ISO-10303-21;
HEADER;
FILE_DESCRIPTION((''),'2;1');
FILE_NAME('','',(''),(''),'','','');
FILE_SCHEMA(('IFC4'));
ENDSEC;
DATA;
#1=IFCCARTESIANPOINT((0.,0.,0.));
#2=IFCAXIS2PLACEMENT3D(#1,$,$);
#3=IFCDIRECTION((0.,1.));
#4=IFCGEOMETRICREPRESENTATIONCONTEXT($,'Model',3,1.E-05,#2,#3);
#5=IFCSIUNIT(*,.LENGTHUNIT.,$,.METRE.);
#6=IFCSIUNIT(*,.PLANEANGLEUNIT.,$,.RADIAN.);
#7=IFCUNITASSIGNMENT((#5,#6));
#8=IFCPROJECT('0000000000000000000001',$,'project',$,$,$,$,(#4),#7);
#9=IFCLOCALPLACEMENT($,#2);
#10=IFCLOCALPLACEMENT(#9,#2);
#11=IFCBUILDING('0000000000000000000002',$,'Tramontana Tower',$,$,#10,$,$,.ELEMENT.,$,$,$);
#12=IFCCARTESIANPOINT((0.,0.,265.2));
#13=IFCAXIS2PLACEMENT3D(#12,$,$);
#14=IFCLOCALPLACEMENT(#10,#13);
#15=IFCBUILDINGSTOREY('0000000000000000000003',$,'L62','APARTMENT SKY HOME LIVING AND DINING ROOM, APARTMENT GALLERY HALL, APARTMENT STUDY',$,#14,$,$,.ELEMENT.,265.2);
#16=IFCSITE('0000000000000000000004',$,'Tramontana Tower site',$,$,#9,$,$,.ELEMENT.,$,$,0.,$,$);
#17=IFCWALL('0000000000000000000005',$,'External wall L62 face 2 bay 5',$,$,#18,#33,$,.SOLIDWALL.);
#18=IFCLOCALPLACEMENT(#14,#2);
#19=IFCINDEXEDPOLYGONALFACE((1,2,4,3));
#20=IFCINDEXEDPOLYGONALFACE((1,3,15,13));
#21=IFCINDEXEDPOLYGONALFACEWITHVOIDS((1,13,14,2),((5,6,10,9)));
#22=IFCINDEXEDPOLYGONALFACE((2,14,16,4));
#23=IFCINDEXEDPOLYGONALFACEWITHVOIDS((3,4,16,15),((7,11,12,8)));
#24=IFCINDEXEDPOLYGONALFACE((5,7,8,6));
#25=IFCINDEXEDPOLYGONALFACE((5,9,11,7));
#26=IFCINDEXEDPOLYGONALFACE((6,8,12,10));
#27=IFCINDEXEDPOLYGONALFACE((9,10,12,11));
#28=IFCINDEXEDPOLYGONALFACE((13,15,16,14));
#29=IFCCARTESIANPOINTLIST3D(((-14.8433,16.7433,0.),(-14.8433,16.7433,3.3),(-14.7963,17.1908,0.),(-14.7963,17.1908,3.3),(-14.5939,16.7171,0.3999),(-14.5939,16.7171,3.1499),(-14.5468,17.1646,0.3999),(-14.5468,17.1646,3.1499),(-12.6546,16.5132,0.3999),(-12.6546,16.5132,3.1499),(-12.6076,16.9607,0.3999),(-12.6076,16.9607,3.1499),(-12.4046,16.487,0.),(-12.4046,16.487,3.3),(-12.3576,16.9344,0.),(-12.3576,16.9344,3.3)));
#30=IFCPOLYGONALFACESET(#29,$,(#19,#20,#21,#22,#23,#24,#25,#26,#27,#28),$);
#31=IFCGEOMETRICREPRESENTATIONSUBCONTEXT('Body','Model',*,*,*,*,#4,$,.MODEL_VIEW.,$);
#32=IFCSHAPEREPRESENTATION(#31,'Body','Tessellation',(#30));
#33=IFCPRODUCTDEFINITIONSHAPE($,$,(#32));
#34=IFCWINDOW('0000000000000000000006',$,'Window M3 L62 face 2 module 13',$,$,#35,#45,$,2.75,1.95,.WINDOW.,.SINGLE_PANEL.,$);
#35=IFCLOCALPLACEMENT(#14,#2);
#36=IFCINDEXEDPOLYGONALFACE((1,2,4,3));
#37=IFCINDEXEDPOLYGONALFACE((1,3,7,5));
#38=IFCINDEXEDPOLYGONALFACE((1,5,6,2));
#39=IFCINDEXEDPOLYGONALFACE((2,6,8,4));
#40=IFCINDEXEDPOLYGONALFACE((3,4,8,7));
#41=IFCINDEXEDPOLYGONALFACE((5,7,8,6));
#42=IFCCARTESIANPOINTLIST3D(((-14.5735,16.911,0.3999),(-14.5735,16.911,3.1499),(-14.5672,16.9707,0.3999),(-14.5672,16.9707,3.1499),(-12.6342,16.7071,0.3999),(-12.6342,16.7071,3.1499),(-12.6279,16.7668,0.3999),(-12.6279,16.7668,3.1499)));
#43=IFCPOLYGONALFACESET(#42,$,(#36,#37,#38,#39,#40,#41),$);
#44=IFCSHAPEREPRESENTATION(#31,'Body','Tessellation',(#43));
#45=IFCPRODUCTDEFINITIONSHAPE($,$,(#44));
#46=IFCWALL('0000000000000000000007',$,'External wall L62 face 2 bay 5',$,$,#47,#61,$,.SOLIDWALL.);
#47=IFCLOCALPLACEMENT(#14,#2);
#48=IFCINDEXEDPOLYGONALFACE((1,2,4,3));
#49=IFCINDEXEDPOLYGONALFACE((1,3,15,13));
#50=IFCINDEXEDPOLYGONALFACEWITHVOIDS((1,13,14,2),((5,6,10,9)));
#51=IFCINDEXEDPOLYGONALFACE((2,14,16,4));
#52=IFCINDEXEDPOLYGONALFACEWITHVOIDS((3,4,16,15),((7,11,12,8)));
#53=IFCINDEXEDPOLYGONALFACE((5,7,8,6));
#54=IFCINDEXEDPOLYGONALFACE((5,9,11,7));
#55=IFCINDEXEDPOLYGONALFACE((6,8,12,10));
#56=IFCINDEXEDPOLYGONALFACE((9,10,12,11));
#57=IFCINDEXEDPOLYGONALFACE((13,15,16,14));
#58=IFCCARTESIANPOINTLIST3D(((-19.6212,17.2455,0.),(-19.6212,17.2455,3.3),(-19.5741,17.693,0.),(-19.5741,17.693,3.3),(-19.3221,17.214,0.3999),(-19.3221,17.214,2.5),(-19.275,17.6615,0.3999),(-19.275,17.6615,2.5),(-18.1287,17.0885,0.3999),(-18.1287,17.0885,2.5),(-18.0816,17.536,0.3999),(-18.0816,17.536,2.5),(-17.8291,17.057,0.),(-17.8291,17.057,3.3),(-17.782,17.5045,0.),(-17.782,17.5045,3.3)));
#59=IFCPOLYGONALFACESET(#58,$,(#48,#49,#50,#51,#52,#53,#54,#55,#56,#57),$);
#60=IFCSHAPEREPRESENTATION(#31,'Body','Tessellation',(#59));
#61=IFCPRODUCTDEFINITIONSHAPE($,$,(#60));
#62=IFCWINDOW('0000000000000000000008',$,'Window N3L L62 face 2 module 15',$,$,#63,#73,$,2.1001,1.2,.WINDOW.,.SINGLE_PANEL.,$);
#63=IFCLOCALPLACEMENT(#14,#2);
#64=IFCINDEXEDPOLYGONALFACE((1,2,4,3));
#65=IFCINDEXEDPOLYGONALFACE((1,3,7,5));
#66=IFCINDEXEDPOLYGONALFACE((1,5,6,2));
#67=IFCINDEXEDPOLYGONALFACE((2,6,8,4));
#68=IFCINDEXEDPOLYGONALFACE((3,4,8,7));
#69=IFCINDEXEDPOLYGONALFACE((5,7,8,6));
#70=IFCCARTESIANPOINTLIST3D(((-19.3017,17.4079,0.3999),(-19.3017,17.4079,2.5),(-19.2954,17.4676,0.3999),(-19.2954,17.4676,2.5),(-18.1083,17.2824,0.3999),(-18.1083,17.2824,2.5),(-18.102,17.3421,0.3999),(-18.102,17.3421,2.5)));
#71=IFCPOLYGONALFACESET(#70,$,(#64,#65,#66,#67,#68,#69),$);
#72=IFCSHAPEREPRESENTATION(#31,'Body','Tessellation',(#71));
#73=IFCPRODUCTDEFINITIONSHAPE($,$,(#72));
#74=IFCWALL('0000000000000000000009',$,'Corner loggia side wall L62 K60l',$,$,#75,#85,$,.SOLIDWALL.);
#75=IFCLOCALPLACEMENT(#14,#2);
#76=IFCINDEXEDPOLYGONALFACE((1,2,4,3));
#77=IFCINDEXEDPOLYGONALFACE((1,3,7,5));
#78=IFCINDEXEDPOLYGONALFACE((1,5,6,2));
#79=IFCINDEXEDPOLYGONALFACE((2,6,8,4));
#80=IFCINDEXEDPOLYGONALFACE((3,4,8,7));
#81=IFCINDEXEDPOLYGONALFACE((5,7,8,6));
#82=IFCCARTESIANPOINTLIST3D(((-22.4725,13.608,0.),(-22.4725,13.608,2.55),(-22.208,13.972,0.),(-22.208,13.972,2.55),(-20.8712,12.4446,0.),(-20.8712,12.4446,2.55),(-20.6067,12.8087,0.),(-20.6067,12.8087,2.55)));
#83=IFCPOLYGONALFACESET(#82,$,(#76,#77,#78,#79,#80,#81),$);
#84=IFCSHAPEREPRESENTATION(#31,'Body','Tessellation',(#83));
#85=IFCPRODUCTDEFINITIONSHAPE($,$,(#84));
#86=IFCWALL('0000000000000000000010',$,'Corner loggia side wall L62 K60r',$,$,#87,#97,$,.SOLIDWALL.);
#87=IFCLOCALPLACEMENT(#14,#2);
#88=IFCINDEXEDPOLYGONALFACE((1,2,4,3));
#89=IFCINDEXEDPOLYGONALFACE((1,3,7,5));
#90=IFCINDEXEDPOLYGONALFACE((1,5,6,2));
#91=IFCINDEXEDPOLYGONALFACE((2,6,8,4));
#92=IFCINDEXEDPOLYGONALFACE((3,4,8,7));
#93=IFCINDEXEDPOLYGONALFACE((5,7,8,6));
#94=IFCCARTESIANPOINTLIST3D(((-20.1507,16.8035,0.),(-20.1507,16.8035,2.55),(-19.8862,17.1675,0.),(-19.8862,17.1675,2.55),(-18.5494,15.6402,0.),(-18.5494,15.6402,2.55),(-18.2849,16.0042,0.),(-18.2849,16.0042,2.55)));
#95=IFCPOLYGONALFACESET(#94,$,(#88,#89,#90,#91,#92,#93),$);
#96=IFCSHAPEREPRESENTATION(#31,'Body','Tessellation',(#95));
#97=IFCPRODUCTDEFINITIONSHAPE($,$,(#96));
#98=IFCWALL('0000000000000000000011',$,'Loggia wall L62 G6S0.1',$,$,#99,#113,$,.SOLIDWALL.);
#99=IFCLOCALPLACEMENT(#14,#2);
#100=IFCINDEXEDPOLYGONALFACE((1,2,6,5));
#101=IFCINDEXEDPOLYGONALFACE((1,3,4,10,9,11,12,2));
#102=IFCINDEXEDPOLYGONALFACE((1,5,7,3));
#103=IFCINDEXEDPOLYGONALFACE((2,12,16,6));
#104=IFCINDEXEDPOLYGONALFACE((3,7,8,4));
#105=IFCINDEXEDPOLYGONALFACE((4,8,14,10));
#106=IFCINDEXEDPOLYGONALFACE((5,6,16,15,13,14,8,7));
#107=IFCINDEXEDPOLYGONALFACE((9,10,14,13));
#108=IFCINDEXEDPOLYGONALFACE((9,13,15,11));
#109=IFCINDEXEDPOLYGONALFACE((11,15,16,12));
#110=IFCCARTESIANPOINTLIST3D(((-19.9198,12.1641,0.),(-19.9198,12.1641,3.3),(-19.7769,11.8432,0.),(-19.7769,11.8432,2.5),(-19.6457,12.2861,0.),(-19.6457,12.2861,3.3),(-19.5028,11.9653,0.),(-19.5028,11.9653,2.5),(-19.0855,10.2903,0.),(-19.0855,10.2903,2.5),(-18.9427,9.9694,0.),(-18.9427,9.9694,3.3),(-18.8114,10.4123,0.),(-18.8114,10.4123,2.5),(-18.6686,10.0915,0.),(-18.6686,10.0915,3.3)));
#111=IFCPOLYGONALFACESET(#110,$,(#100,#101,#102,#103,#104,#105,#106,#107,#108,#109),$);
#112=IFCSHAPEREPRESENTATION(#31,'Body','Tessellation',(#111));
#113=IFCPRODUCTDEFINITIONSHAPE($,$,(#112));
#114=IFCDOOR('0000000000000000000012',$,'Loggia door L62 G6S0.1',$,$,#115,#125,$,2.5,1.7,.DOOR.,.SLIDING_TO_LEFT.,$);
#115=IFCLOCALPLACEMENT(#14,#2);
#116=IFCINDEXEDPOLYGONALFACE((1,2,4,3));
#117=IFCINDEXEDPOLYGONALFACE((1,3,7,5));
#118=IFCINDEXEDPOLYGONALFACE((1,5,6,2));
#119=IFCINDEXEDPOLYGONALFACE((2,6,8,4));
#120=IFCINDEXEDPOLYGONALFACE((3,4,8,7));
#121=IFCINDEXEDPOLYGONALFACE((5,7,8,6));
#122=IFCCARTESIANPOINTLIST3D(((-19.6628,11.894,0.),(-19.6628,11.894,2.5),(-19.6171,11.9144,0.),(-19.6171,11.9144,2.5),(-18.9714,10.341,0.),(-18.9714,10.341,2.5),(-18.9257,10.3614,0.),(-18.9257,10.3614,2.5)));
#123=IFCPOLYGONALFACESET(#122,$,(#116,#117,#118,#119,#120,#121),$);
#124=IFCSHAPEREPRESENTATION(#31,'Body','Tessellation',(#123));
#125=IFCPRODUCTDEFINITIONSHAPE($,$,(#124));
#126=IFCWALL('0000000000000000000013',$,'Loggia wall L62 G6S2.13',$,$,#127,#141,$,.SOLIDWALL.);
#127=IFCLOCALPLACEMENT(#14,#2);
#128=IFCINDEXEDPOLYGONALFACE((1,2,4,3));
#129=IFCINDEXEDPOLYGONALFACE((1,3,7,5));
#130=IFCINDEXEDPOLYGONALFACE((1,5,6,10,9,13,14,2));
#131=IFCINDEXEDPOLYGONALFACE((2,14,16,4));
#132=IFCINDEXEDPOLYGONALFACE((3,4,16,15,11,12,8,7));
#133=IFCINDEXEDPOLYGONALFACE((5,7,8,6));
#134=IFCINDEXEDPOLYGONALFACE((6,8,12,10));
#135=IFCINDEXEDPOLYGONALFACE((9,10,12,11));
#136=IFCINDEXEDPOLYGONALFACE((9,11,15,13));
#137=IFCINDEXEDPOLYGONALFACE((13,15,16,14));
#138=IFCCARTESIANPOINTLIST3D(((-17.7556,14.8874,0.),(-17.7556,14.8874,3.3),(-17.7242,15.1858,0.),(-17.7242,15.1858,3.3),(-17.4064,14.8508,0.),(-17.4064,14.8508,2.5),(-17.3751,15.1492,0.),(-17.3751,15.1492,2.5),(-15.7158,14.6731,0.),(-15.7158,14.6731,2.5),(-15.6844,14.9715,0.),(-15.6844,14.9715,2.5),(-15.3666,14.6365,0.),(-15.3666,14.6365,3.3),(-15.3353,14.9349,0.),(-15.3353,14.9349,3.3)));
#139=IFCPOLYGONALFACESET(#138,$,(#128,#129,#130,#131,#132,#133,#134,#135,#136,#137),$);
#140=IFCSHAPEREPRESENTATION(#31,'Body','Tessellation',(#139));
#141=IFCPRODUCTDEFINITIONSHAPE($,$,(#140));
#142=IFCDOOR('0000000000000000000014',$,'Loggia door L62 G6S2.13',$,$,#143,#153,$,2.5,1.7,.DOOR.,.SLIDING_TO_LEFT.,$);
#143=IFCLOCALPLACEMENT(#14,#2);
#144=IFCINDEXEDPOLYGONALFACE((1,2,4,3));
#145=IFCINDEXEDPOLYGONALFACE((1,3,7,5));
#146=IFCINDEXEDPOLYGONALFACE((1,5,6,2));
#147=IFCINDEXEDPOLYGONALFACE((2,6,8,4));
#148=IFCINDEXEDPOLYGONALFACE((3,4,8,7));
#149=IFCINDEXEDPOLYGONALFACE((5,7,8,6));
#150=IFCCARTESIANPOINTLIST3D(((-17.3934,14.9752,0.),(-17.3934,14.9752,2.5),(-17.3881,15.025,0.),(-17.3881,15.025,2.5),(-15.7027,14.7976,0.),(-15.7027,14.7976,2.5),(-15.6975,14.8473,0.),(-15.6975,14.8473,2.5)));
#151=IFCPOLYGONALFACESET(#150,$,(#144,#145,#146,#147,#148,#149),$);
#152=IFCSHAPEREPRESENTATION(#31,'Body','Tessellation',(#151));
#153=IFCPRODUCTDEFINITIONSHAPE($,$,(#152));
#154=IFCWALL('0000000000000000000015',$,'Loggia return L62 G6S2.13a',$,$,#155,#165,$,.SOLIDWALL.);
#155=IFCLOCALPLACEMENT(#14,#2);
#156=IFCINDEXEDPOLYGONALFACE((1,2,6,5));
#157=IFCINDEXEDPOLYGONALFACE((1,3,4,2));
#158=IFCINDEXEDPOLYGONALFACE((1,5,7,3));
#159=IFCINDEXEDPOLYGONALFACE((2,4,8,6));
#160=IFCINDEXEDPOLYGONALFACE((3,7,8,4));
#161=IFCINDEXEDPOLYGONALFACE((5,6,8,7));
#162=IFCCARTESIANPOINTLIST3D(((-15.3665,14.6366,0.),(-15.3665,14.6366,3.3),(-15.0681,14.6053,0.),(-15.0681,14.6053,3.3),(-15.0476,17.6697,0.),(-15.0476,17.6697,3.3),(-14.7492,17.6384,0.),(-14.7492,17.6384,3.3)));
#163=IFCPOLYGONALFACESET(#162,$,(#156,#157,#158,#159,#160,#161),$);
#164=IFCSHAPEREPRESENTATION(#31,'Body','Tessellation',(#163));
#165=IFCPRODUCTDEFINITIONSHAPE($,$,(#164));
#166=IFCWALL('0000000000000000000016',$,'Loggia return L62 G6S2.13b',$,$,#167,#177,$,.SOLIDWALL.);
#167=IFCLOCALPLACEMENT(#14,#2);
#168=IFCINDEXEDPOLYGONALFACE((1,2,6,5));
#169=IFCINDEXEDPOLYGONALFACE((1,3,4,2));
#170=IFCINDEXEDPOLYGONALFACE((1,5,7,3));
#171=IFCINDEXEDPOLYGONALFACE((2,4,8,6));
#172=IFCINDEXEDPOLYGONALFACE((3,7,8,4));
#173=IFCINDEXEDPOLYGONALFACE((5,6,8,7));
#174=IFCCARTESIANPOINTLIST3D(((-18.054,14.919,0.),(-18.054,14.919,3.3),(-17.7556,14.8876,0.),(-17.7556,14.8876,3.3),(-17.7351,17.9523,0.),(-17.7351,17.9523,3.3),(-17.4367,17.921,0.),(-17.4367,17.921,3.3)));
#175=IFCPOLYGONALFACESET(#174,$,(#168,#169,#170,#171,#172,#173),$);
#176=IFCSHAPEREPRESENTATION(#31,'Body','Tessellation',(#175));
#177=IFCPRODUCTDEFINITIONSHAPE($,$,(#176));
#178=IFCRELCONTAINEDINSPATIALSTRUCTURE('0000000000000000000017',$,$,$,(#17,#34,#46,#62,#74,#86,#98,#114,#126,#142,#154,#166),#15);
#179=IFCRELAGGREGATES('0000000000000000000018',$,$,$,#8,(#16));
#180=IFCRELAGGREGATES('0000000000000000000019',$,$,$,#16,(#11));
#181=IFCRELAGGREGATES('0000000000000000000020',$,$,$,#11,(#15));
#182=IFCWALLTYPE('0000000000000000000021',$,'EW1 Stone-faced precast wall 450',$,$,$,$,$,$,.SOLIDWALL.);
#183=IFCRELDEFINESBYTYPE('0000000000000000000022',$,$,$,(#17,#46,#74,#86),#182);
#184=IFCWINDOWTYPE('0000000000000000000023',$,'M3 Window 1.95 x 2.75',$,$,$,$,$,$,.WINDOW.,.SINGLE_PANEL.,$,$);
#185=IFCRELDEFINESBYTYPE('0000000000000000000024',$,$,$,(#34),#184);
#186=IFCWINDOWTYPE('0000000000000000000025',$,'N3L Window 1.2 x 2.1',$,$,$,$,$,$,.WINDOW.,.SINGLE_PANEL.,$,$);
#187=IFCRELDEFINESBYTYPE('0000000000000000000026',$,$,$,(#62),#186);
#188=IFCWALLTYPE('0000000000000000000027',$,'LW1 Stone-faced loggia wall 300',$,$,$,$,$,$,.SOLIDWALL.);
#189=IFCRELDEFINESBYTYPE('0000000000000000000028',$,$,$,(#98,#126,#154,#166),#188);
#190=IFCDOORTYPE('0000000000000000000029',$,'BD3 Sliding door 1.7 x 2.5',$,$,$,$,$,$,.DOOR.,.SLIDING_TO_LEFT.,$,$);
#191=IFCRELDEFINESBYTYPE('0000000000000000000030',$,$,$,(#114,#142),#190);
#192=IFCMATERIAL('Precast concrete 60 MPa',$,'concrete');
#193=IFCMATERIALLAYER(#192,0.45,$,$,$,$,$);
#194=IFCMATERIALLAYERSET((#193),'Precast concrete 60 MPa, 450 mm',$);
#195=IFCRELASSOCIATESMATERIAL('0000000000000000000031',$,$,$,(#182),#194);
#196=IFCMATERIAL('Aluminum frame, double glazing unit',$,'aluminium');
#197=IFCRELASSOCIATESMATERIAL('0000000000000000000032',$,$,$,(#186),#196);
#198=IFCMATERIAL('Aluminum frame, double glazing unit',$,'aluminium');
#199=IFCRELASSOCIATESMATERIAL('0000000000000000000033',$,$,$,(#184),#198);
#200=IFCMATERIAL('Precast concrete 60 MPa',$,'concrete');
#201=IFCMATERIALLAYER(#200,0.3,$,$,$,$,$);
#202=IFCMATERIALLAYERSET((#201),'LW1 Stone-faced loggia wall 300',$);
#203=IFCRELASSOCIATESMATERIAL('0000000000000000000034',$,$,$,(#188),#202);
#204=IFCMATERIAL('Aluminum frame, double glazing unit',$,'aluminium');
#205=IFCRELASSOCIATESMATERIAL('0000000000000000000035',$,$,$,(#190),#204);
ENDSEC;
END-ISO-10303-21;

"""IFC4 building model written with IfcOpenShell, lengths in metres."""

from ifc_helpers import new_model, si_unit, direction, frame, frame_2d, origin, place, context, subcontext, project, spatial, rectangle, extrude, material, layer, layer_set, type_object, element, fill, save


model = new_model("IFC4")

# Units and contexts
model_context = context("Model", 3, precision=1e-05, world=origin(), true_north=direction((0.0, 1.0)))
body_context = subcontext(model_context, "Body", "Model", "MODEL_VIEW")
ifc_project = project(units=[si_unit("LENGTHUNIT", "METRE"), si_unit("PLANEANGLEUNIT", "RADIAN")], contexts=[model_context])

# Site, building, storey
site_placement = place(None, origin())
site = spatial("IfcSite", under=ifc_project, at=site_placement, Name="Tramontana Tower site", CompositionType="ELEMENT", RefElevation=0.0)
building_placement = place(site_placement, origin())
building = spatial("IfcBuilding", under=site, at=building_placement, Name="Tramontana Tower", CompositionType="ELEMENT")
storey_placement = place(building_placement, frame((0.0, 0.0, 265.2)))
storey = spatial("IfcBuildingStorey", under=building, at=storey_placement, Name="L62", Description="APARTMENT SKY HOME LIVING AND DINING ROOM, APARTMENT GALLERY HALL, APARTMENT STUDY", CompositionType="ELEMENT", Elevation=265.2)

# Walls, openings, windows
ifc_material_1 = material(Name="Precast concrete 60 MPa", Category="concrete")
ifc_layer_1 = layer(ifc_material_1, 0.45)
ifc_layer_set_1 = layer_set([ifc_layer_1], Name="Precast concrete 60 MPa, 450 mm")
wall_type_1 = type_object("IfcWallType", Name="EW1 Stone-faced precast wall 450", PredefinedType="SOLIDWALL", material=ifc_layer_set_1)
ifc_material_2 = material(Name="Aluminum frame, double glazing unit", Category="aluminium")
window_type_1 = type_object("IfcWindowType", Name="N3L Window 1.2 x 2.1", PartitioningType="SINGLE_PANEL", PredefinedType="WINDOW", material=ifc_material_2)
wall_1_placement = place(storey_placement, frame((-12.3811, 16.7107, 0.0), z_axis=(0.0, 0.0, 1.0), x_axis=(-0.994521, 0.10454, 0.0)))
wall_1 = element("IfcWall", 1, at=wall_1_placement, inside=storey, type_object=wall_type_1, Name="External wall L62 face 2 bay 5", PredefinedType="SOLIDWALL", context=body_context, shape_type="SweptSolid", body=[
    extrude(rectangle(XDim=2.4521, YDim=0.45, at=frame_2d((1.2261, 0.0))), origin(), (0.0, 0.0, 1.0), 3.3),
])
opening_1_placement = place(wall_1_placement, frame((0.2512, 0.0, 0.3999)))
opening_1 = element("IfcOpeningElement", 2, at=opening_1_placement, cuts=wall_1, PredefinedType="OPENING", context=body_context, shape_type="SweptSolid", body=[
    extrude(rectangle(XDim=1.95, YDim=2.75, at=frame_2d((0.9751, 1.375))), frame((0.0, 0.2349, 0.0), z_axis=(0.0, -1.0, 0.0), x_axis=(1.0, 0.0, 0.0)), (0.0, 0.0, 1.0), 0.47),
])
ifc_material_3 = material(Name="Aluminum frame, double glazing unit", Category="aluminium")
window_type_2 = type_object("IfcWindowType", Name="M3 Window 1.95 x 2.75", PartitioningType="SINGLE_PANEL", PredefinedType="WINDOW", material=ifc_material_3)
window_1_placement = place(opening_1_placement, origin())
window_1 = element("IfcWindow", 3, at=window_1_placement, inside=storey, type_object=window_type_2, Name="Window M3 L62 face 2 module 13", OverallHeight=2.75, OverallWidth=1.95, PartitioningType="SINGLE_PANEL", PredefinedType="WINDOW", context=body_context, shape_type="SweptSolid", body=[
    extrude(rectangle(XDim=1.95, YDim=2.75, at=frame_2d((0.9751, 1.375))), frame((0.0, 0.03, 0.0), z_axis=(0.0, -1.0, 0.0), x_axis=(1.0, 0.0, 0.0)), (0.0, 0.0, 1.0), 0.0601),
])
fill(opening_1, window_1)
wall_2_placement = place(storey_placement, frame((-17.8057, 17.2808, 0.0), z_axis=(0.0, 0.0, 1.0), x_axis=(-0.994516, 0.104586, 0.0)))
wall_2 = element("IfcWall", 4, at=wall_2_placement, inside=storey, type_object=wall_type_1, Name="External wall L62 face 2 bay 5", PredefinedType="SOLIDWALL", context=body_context, shape_type="SweptSolid", body=[
    extrude(rectangle(XDim=1.802, YDim=0.45, at=frame_2d((0.9009, 0.0))), origin(), (0.0, 0.0, 1.0), 3.3),
])
opening_2_placement = place(wall_2_placement, frame((0.301, 0.0, 0.3999)))
opening_2 = element("IfcOpeningElement", 5, at=opening_2_placement, cuts=wall_2, PredefinedType="OPENING", context=body_context, shape_type="SweptSolid", body=[
    extrude(rectangle(XDim=1.2, YDim=2.1001, at=frame_2d((0.6001, 1.05))), frame((0.0, 0.2349, 0.0), z_axis=(0.0, -1.0, 0.0), x_axis=(1.0, 0.0, 0.0)), (0.0, 0.0, 1.0), 0.47),
])
window_2_placement = place(opening_2_placement, origin())
window_2 = element("IfcWindow", 6, at=window_2_placement, inside=storey, type_object=window_type_1, Name="Window N3L L62 face 2 module 15", OverallHeight=2.1001, OverallWidth=1.2, PartitioningType="SINGLE_PANEL", PredefinedType="WINDOW", context=body_context, shape_type="SweptSolid", body=[
    extrude(rectangle(XDim=1.2, YDim=2.1001, at=frame_2d((0.6001, 1.05))), frame((0.0, 0.03, 0.0), z_axis=(0.0, -1.0, 0.0), x_axis=(1.0, 0.0, 0.0)), (0.0, 0.0, 1.0), 0.0601),
])
fill(opening_2, window_2)

# Walls
for number, where, z_axis, x_axis, name in (
    (7, (-22.3403, 13.79, 0.0), (0.0, 0.0, 1.0), (0.80904, -0.587754, 0.0), "Corner loggia side wall L62 K60l"),
    (8, (-20.0186, 16.9856, 0.0), (0.0, 0.0, 1.0), (0.80904, -0.587754, 0.0), "Corner loggia side wall L62 K60r"),
):
    element("IfcWall", number, at=place(storey_placement, frame(where, z_axis=z_axis, x_axis=x_axis)), inside=storey, type_object=wall_type_1, Name=name, PredefinedType="SOLIDWALL", context=body_context, shape_type="SweptSolid", body=[
        extrude(rectangle(XDim=1.9792, YDim=0.45, at=frame_2d((0.9897, 0.0))), origin(), (0.0, 0.0, 1.0), 2.55),
    ])

# Walls, openings, doors
ifc_material_4 = material(Name="Precast concrete 60 MPa", Category="concrete")
ifc_layer_2 = layer(ifc_material_4, 0.3)
ifc_layer_set_2 = layer_set([ifc_layer_2], Name="LW1 Stone-faced loggia wall 300")
wall_type_2 = type_object("IfcWallType", Name="LW1 Stone-faced loggia wall 300", PredefinedType="SOLIDWALL", material=ifc_layer_set_2)
wall_3_placement = place(storey_placement, frame((-19.7827, 12.2251, 0.0), z_axis=(0.0, 0.0, 1.0), x_axis=(0.406723, -0.913552, 0.0)))
wall_3 = element("IfcWall", 9, at=wall_3_placement, inside=storey, type_object=wall_type_2, Name="Loggia wall L62 G6S0.1", PredefinedType="SOLIDWALL", context=body_context, shape_type="SweptSolid", body=[
    extrude(rectangle(XDim=2.4023, YDim=0.3, at=frame_2d((1.2012, 0.0))), origin(), (0.0, 0.0, 1.0), 3.3),
])
opening_3_placement = place(wall_3_placement, frame((0.3511, 0.0, 0.0)))
opening_3 = element("IfcOpeningElement", 10, at=opening_3_placement, cuts=wall_3, PredefinedType="OPENING", context=body_context, shape_type="SweptSolid", body=[
    extrude(rectangle(XDim=1.7, YDim=2.5, at=frame_2d((0.8501, 1.25))), frame((0.0, 0.1599, 0.0), z_axis=(0.0, -1.0, 0.0), x_axis=(1.0, 0.0, 0.0)), (0.0, 0.0, 1.0), 0.3201),
])
ifc_material_5 = material(Name="Aluminum frame, double glazing unit", Category="aluminium")
door_type_1 = type_object("IfcDoorType", Name="BD3 Sliding door 1.7 x 2.5", OperationType="SLIDING_TO_LEFT", PredefinedType="DOOR", material=ifc_material_5)
door_1_placement = place(opening_3_placement, origin())
door_1 = element("IfcDoor", 11, at=door_1_placement, inside=storey, type_object=door_type_1, Name="Loggia door L62 G6S0.1", OperationType="SLIDING_TO_LEFT", OverallHeight=2.5, OverallWidth=1.7, PredefinedType="DOOR", context=body_context, shape_type="SweptSolid", body=[
    extrude(rectangle(XDim=1.7, YDim=2.5, at=frame_2d((0.8501, 1.25))), frame((0.0, 0.0249, 0.0), z_axis=(0.0, -1.0, 0.0), x_axis=(1.0, 0.0, 0.0)), (0.0, 0.0, 1.0), 0.05),
])
fill(opening_3, door_1)
wall_4_placement = place(storey_placement, frame((-15.3508, 14.7856, 0.0), z_axis=(0.0, 0.0, 1.0), x_axis=(-0.994527, 0.104484, 0.0)))
wall_4 = element("IfcWall", 12, at=wall_4_placement, inside=storey, type_object=wall_type_2, Name="Loggia wall L62 G6S2.13", PredefinedType="SOLIDWALL", context=body_context, shape_type="SweptSolid", body=[
    extrude(rectangle(XDim=2.4021, YDim=0.3, at=frame_2d((1.2012, 0.0))), origin(), (0.0, 0.0, 1.0), 3.3),
])
opening_4_placement = place(wall_4_placement, frame((0.3511, 0.0, 0.0)))
opening_4 = element("IfcOpeningElement", 13, at=opening_4_placement, cuts=wall_4, PredefinedType="OPENING", context=body_context, shape_type="SweptSolid", body=[
    extrude(rectangle(XDim=1.7, YDim=2.5, at=frame_2d((0.8501, 1.25))), frame((0.0, 0.1599, 0.0), z_axis=(0.0, -1.0, 0.0), x_axis=(1.0, 0.0, 0.0)), (0.0, 0.0, 1.0), 0.3201),
])
door_2_placement = place(opening_4_placement, origin())
door_2 = element("IfcDoor", 14, at=door_2_placement, inside=storey, type_object=door_type_1, Name="Loggia door L62 G6S2.13", OperationType="SLIDING_TO_LEFT", OverallHeight=2.5, OverallWidth=1.7, PredefinedType="DOOR", context=body_context, shape_type="SweptSolid", body=[
    extrude(rectangle(XDim=1.7, YDim=2.5, at=frame_2d((0.8501, 1.25))), frame((0.0, 0.0249, 0.0), z_axis=(0.0, -1.0, 0.0), x_axis=(1.0, 0.0, 0.0)), (0.0, 0.0, 1.0), 0.05),
])
fill(opening_4, door_2)

# Walls
wall_5_placement = place(storey_placement, frame((-14.8984, 17.6541, 0.0), z_axis=(0.0, 0.0, 1.0), x_axis=(-0.104543, -0.99452, 0.0)))
element("IfcWall", 15, at=wall_5_placement, inside=storey, type_object=wall_type_2, Name="Loggia return L62 G6S2.13a", PredefinedType="SOLIDWALL", context=body_context, shape_type="SweptSolid", body=[
    extrude(rectangle(XDim=3.0498, YDim=0.3, at=frame_2d((1.5249, 0.0))), origin(), (0.0, 0.0, 1.0), 3.3),
])
wall_6_placement = place(storey_placement, frame((-17.5859, 17.9365, 0.0), z_axis=(0.0, 0.0, 1.0), x_axis=(-0.104535, -0.994521, 0.0)))
element("IfcWall", 16, at=wall_6_placement, inside=storey, type_object=wall_type_2, Name="Loggia return L62 G6S2.13b", PredefinedType="SOLIDWALL", context=body_context, shape_type="SweptSolid", body=[
    extrude(rectangle(XDim=3.05, YDim=0.3, at=frame_2d((1.5249, 0.0))), origin(), (0.0, 0.0, 1.0), 3.3),
])

save(model, "model.ifc")
